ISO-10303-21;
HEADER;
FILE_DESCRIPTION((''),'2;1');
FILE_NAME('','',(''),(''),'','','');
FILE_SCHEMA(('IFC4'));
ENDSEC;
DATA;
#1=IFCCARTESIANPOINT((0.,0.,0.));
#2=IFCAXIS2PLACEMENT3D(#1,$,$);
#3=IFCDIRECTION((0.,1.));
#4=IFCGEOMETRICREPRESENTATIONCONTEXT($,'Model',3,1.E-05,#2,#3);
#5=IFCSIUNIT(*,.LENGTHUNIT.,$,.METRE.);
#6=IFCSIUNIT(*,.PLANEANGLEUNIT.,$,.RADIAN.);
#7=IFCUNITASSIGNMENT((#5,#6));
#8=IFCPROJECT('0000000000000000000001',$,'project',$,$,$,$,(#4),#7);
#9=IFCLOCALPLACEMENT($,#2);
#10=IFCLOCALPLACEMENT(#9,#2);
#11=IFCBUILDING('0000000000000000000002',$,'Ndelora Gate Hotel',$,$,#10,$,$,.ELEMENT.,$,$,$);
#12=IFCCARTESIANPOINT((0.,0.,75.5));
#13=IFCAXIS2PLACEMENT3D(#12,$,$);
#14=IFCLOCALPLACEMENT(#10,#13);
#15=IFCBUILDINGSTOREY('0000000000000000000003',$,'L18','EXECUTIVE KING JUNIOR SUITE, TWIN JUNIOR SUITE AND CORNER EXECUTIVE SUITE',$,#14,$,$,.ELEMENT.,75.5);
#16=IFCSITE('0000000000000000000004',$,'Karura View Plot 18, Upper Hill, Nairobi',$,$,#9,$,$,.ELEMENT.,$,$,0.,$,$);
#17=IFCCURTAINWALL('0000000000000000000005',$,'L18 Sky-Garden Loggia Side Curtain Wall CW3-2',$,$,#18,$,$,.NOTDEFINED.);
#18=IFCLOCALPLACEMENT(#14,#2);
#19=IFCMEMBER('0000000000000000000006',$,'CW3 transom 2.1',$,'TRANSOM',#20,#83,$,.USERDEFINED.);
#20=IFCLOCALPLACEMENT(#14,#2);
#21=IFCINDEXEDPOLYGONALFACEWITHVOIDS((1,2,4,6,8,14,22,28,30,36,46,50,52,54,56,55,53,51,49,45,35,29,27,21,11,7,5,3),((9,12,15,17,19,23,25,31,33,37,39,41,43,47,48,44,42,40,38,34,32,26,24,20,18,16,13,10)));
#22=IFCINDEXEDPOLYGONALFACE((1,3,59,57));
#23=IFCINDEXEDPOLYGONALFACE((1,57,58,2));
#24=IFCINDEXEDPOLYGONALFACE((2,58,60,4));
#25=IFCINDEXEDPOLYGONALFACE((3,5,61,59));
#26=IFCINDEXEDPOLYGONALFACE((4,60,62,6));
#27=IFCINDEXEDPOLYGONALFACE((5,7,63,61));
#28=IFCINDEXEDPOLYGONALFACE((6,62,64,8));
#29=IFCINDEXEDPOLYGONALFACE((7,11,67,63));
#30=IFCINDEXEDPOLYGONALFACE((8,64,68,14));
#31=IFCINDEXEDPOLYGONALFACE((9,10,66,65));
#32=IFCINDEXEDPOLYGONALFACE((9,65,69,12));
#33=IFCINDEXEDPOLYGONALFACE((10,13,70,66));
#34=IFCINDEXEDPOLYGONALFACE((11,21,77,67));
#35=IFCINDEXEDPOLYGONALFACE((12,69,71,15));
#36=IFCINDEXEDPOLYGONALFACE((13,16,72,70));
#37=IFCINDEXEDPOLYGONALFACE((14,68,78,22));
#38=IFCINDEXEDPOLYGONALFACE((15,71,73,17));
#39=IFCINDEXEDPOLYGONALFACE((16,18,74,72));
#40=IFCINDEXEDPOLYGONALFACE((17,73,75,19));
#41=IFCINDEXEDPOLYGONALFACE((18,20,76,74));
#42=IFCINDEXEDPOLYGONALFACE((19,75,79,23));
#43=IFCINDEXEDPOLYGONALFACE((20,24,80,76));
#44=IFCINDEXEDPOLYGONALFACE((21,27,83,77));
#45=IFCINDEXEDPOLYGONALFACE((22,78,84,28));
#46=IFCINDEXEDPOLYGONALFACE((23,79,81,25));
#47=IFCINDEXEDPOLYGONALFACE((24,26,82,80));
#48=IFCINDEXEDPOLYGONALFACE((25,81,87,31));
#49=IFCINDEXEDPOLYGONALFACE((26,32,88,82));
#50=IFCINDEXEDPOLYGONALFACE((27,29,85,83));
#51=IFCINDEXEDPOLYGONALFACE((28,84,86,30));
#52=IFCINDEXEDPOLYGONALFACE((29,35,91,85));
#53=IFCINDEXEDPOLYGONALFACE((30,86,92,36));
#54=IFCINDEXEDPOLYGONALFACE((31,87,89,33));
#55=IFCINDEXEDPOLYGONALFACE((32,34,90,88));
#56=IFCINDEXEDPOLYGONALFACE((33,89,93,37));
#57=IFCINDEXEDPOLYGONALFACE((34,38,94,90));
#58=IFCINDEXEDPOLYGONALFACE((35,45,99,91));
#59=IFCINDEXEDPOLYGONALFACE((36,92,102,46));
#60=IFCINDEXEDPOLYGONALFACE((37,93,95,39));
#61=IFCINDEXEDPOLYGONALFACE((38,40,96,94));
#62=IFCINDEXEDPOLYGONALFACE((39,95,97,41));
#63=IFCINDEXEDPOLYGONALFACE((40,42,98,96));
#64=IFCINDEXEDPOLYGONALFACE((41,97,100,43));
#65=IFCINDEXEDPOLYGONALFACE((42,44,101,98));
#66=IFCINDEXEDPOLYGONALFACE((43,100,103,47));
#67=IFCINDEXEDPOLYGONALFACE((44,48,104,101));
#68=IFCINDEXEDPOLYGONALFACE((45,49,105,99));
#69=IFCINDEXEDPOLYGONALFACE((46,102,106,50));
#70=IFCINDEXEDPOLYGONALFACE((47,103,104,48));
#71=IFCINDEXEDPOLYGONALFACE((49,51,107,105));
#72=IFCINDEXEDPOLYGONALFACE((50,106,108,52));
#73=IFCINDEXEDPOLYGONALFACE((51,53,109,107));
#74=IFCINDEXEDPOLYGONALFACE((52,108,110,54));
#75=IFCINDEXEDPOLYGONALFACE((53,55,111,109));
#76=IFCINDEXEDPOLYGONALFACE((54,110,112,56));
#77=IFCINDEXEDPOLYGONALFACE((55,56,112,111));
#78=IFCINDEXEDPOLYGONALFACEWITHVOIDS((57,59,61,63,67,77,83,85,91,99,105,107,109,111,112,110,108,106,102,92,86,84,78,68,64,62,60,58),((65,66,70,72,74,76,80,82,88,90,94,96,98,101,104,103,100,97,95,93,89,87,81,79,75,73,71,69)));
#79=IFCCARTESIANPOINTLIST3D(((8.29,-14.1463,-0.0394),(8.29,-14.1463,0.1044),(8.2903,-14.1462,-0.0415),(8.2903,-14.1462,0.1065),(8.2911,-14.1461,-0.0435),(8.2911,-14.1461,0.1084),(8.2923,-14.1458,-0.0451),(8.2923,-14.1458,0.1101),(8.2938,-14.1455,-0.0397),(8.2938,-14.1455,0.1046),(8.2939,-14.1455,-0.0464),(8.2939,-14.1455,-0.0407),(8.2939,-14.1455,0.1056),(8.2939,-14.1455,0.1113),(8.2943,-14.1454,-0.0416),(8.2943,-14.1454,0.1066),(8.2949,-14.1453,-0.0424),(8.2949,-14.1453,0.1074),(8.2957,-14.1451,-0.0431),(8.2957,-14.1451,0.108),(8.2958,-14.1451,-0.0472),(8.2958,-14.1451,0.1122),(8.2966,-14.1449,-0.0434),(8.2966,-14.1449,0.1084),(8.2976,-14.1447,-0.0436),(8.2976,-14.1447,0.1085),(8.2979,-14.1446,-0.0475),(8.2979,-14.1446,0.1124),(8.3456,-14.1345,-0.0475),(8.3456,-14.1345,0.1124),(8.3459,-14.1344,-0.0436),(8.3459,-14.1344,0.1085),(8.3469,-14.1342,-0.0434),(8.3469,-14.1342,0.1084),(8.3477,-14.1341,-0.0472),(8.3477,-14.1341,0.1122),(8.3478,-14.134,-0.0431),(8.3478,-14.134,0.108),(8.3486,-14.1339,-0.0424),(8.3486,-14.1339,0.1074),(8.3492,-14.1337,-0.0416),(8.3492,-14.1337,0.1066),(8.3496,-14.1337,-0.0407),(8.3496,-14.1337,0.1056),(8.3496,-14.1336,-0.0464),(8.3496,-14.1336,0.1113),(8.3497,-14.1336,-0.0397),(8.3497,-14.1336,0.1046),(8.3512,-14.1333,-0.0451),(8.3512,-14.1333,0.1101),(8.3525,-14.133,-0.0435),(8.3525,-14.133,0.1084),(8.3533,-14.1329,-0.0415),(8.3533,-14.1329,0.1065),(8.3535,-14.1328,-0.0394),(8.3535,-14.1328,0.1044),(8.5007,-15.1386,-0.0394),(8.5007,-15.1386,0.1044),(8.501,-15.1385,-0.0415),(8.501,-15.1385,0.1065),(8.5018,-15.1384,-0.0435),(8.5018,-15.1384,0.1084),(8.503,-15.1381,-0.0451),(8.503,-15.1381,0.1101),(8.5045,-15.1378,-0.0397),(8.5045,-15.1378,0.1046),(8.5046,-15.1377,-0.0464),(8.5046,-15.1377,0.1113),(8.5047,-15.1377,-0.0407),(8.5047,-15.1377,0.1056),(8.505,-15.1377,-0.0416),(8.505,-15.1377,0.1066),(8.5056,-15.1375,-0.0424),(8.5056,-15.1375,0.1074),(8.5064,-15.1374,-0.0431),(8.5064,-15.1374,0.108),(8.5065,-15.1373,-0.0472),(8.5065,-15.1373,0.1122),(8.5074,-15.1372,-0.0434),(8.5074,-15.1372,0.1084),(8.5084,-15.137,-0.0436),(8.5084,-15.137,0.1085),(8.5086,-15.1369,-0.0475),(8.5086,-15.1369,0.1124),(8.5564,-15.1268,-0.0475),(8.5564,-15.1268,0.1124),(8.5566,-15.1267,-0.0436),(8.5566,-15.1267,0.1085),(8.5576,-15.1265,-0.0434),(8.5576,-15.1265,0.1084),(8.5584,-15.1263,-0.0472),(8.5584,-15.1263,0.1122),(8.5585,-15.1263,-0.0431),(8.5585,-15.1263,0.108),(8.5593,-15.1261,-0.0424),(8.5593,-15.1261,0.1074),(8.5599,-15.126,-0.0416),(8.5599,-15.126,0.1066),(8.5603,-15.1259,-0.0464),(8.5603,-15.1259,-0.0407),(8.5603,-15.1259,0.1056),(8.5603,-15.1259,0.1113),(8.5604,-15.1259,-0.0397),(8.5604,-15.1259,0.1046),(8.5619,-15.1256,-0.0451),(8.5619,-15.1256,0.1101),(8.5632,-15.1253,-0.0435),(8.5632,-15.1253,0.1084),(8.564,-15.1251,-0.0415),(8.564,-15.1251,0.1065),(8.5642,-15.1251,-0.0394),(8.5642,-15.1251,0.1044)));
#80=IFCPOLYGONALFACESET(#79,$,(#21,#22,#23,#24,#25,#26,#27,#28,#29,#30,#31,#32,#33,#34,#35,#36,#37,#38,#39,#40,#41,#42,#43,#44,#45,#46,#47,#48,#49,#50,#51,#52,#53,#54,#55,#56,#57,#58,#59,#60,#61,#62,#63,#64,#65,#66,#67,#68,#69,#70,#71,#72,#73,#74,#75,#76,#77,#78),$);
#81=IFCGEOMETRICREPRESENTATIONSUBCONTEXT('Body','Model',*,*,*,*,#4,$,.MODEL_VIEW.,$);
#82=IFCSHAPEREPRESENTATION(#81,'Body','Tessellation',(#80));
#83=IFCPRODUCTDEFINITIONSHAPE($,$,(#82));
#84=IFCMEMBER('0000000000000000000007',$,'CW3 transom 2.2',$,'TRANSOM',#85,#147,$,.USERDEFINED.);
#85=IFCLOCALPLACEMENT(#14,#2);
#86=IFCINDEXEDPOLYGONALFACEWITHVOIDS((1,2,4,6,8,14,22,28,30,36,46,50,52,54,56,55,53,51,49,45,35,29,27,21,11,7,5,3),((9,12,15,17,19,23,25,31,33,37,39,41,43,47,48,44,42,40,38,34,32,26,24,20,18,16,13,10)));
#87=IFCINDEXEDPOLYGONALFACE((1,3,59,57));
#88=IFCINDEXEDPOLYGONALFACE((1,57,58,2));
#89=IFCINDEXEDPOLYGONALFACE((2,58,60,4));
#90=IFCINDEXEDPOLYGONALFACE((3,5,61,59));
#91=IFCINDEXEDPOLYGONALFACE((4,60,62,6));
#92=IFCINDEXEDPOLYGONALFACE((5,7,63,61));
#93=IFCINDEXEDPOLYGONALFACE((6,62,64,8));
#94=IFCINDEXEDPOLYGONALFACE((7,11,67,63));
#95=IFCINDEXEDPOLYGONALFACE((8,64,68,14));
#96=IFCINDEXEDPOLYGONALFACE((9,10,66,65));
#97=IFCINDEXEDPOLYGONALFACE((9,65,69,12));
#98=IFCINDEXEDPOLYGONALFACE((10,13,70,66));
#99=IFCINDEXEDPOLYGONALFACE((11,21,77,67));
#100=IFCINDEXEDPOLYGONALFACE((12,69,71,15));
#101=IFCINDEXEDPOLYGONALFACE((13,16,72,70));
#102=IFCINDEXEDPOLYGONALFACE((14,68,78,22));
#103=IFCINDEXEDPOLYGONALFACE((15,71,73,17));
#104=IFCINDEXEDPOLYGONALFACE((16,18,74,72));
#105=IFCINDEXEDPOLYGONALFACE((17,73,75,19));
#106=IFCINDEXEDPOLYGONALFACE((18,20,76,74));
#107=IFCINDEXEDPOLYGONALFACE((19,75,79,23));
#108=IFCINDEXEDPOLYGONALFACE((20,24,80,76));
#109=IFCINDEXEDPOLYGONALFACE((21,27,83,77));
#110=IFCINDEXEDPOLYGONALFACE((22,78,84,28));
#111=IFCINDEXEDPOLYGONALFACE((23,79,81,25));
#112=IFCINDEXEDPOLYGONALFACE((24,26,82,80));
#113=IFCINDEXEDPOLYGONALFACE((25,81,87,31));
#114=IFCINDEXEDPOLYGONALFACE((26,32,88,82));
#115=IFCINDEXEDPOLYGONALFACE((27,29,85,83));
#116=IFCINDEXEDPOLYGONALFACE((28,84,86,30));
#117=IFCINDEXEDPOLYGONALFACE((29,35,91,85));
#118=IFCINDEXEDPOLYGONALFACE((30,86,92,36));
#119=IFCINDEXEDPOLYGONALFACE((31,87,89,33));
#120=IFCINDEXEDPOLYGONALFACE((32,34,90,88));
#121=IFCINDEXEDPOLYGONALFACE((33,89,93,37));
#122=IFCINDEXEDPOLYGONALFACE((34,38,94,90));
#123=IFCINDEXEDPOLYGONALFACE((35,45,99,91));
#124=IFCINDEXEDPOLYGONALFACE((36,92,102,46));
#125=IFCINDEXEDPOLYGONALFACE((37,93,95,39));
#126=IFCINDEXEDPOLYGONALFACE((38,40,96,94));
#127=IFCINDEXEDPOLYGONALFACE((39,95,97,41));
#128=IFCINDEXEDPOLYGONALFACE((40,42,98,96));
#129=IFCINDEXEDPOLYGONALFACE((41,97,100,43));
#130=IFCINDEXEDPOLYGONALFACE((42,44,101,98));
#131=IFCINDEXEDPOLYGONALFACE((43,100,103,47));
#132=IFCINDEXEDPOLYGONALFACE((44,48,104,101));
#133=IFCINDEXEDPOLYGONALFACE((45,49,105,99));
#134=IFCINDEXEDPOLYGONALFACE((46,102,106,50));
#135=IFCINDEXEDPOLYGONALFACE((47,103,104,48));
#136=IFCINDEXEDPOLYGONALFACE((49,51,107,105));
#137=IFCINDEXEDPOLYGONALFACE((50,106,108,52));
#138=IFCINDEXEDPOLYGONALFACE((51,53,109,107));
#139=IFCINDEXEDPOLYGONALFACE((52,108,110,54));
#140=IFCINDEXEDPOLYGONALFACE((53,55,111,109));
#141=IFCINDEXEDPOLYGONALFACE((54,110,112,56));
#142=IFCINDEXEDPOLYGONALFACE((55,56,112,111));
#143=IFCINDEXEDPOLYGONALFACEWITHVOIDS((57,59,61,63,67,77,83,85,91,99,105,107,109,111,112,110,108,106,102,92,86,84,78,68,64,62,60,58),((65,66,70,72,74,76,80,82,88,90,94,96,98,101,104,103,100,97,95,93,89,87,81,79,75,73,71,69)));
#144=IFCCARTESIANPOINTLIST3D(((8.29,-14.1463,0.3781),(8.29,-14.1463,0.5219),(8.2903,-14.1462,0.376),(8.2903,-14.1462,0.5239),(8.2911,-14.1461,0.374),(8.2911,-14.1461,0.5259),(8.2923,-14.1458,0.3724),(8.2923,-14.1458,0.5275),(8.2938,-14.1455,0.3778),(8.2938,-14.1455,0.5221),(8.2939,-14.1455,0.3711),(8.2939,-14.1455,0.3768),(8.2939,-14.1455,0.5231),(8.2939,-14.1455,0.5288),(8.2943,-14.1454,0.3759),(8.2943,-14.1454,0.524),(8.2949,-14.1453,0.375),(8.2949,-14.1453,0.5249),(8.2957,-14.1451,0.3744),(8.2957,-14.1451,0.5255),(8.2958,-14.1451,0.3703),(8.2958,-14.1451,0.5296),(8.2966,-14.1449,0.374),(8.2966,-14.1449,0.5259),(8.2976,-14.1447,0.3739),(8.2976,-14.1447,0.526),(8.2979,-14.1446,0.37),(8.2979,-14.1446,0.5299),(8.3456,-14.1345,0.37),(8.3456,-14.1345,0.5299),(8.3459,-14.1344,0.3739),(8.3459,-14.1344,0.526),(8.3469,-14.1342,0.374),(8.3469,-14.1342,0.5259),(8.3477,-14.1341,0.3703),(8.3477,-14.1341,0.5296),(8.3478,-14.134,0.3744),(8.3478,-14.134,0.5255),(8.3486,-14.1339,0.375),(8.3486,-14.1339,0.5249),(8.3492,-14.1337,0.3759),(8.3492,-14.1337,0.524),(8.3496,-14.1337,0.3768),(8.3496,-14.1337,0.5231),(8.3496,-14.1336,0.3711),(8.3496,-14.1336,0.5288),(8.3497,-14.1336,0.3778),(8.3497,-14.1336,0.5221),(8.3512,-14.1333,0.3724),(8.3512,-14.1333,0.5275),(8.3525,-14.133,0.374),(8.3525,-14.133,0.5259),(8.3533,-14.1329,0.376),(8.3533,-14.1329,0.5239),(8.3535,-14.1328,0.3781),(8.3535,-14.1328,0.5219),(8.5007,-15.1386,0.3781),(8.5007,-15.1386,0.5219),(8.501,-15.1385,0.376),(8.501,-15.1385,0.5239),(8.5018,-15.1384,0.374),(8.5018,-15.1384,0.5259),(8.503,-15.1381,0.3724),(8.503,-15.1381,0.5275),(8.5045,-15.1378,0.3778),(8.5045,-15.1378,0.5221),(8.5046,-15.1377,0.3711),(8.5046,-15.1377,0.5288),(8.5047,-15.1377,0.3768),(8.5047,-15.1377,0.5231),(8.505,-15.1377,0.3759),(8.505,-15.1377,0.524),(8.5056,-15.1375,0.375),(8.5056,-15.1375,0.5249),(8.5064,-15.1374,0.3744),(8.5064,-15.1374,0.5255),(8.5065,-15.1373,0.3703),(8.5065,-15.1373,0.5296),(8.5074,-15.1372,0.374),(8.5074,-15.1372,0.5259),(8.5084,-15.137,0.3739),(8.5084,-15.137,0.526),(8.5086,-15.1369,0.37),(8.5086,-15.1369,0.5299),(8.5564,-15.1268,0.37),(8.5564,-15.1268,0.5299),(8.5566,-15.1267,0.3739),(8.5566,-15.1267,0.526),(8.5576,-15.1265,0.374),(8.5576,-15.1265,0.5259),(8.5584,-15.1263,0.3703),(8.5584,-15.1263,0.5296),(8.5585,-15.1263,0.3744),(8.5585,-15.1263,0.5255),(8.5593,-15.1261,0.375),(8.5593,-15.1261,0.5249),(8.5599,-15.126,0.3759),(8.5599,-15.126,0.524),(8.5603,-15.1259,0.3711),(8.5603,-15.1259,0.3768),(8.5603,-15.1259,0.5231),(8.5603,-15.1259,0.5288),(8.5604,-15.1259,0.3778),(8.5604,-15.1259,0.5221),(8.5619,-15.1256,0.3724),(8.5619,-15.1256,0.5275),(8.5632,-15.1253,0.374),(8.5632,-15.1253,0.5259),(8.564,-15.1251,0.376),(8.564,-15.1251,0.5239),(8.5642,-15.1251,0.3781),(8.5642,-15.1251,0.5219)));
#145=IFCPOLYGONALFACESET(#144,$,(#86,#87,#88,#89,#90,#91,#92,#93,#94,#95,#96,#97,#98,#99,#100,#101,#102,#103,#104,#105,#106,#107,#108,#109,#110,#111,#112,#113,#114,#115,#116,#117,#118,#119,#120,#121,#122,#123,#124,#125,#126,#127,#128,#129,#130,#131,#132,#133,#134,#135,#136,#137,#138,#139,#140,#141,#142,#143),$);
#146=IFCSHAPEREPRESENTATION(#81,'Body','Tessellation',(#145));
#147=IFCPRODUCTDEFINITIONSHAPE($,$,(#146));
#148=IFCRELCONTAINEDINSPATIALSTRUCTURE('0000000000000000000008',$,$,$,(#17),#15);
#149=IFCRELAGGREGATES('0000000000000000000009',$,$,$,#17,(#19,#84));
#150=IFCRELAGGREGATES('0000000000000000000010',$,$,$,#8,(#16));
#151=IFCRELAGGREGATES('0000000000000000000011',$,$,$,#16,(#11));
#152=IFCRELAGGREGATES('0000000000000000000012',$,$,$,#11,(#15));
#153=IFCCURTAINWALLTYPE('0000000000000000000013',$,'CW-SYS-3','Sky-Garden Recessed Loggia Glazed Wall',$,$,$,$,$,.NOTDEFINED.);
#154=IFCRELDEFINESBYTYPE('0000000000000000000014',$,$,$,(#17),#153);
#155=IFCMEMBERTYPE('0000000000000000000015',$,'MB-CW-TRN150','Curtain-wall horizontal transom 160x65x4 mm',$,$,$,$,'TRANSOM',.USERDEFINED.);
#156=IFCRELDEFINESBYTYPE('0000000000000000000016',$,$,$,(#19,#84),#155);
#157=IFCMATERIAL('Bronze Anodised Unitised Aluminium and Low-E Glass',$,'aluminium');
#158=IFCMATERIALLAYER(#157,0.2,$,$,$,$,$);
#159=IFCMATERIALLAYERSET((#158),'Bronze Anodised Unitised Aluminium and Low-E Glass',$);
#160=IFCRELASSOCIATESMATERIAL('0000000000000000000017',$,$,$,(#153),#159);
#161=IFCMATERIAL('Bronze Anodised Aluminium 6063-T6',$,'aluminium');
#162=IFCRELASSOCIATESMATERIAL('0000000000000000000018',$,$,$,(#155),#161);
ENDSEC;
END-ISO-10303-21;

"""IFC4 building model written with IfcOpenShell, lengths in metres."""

from ifc_helpers import new_model, si_unit, direction, frame, origin, origin_2d, place, context, subcontext, project, spatial, hollow_rectangle, extrude, material, layer, layer_set, material_profile, profile_set, type_object, element, aggregate, save


model = new_model("IFC4")

# Units and contexts
model_context = context("Model", 3, precision=1e-05, world=origin(), true_north=direction((0.0, 1.0)))
body_context = subcontext(model_context, "Body", "Model", "MODEL_VIEW")
ifc_project = project(units=[si_unit("LENGTHUNIT", "METRE"), si_unit("PLANEANGLEUNIT", "RADIAN")], contexts=[model_context])

# Site, building, storey
site_placement = place(None, origin())
site = spatial("IfcSite", under=ifc_project, at=site_placement, Name="Karura View Plot 18, Upper Hill, Nairobi", CompositionType="ELEMENT", RefElevation=0.0)
building_placement = place(site_placement, origin())
building = spatial("IfcBuilding", under=site, at=building_placement, Name="Ndelora Gate Hotel", CompositionType="ELEMENT")
storey_placement = place(building_placement, frame((0.0, 0.0, 75.5)))
storey = spatial("IfcBuildingStorey", under=building, at=storey_placement, Name="L18", Description="EXECUTIVE KING JUNIOR SUITE, TWIN JUNIOR SUITE AND CORNER EXECUTIVE SUITE", CompositionType="ELEMENT", Elevation=75.5)

# Curtain wall, members
ifc_material_1 = material(Name="Bronze Anodised Unitised Aluminium and Low-E Glass", Category="aluminium")
ifc_layer_1 = layer(ifc_material_1, 0.2)
ifc_layer_set_1 = layer_set([ifc_layer_1], Name="Bronze Anodised Unitised Aluminium and Low-E Glass")
curtain_wall_type = type_object("IfcCurtainWallType", Name="CW-SYS-3", Description="Sky-Garden Recessed Loggia Glazed Wall", PredefinedType="NOTDEFINED", material=ifc_layer_set_1)
curtain_wall_placement = place(storey_placement, origin())
curtain_wall = element("IfcCurtainWall", 1, at=curtain_wall_placement, inside=storey, type_object=curtain_wall_type, Name="L18 Sky-Garden Loggia Side Curtain Wall CW3-2", PredefinedType="NOTDEFINED")
ifc_material_2 = material(Name="Bronze Anodised Aluminium 6063-T6", Category="aluminium")
ifc_material_profile_1 = material_profile(ifc_material_2, hollow_rectangle(XDim=0.0649, YDim=0.1599, WallThickness=0.0039, InnerFilletRadius=0.0039, OuterFilletRadius=0.0081, at=origin_2d()), Name="ALU 160x65x4")
ifc_profile_set_1 = profile_set([ifc_material_profile_1], Name="Bronze Anodised Aluminium 6063-T6")
member_type_1 = type_object("IfcMemberType", Name="MB-CW-TRN150", Description="Curtain-wall horizontal transom 160x65x4 mm", ElementType="TRANSOM", PredefinedType="USERDEFINED", material=ifc_profile_set_1)
member_1_placement = place(storey_placement, frame((8.5325, -15.1318, 0.0325), z_axis=(-0.207721, 0.978188, 0.0), x_axis=(-0.978188, -0.207721, 0.0)))
member_1 = element("IfcMember", 2, at=member_1_placement, type_object=member_type_1, Name="CW3 transom 2.1", ObjectType="TRANSOM", PredefinedType="USERDEFINED", context=body_context, shape_type="SweptSolid", body=[
    extrude(hollow_rectangle(XDim=0.0649, YDim=0.1599, WallThickness=0.0039, InnerFilletRadius=0.0039, OuterFilletRadius=0.0081, at=origin_2d()), origin(), (0.0, 0.0, 1.0), 1.0144),
])
member_2_placement = place(storey_placement, frame((8.5325, -15.1318, 0.45), z_axis=(-0.207721, 0.978188, 0.0), x_axis=(-0.978188, -0.207721, 0.0)))
member_2 = element("IfcMember", 3, at=member_2_placement, type_object=member_type_1, Name="CW3 transom 2.2", ObjectType="TRANSOM", PredefinedType="USERDEFINED", context=body_context, shape_type="SweptSolid", body=[
    extrude(hollow_rectangle(XDim=0.0649, YDim=0.1599, WallThickness=0.0039, InnerFilletRadius=0.0039, OuterFilletRadius=0.0081, at=origin_2d()), origin(), (0.0, 0.0, 1.0), 1.0144),
])
aggregate(curtain_wall, [member_1, member_2])

save(model, "model.ifc")
